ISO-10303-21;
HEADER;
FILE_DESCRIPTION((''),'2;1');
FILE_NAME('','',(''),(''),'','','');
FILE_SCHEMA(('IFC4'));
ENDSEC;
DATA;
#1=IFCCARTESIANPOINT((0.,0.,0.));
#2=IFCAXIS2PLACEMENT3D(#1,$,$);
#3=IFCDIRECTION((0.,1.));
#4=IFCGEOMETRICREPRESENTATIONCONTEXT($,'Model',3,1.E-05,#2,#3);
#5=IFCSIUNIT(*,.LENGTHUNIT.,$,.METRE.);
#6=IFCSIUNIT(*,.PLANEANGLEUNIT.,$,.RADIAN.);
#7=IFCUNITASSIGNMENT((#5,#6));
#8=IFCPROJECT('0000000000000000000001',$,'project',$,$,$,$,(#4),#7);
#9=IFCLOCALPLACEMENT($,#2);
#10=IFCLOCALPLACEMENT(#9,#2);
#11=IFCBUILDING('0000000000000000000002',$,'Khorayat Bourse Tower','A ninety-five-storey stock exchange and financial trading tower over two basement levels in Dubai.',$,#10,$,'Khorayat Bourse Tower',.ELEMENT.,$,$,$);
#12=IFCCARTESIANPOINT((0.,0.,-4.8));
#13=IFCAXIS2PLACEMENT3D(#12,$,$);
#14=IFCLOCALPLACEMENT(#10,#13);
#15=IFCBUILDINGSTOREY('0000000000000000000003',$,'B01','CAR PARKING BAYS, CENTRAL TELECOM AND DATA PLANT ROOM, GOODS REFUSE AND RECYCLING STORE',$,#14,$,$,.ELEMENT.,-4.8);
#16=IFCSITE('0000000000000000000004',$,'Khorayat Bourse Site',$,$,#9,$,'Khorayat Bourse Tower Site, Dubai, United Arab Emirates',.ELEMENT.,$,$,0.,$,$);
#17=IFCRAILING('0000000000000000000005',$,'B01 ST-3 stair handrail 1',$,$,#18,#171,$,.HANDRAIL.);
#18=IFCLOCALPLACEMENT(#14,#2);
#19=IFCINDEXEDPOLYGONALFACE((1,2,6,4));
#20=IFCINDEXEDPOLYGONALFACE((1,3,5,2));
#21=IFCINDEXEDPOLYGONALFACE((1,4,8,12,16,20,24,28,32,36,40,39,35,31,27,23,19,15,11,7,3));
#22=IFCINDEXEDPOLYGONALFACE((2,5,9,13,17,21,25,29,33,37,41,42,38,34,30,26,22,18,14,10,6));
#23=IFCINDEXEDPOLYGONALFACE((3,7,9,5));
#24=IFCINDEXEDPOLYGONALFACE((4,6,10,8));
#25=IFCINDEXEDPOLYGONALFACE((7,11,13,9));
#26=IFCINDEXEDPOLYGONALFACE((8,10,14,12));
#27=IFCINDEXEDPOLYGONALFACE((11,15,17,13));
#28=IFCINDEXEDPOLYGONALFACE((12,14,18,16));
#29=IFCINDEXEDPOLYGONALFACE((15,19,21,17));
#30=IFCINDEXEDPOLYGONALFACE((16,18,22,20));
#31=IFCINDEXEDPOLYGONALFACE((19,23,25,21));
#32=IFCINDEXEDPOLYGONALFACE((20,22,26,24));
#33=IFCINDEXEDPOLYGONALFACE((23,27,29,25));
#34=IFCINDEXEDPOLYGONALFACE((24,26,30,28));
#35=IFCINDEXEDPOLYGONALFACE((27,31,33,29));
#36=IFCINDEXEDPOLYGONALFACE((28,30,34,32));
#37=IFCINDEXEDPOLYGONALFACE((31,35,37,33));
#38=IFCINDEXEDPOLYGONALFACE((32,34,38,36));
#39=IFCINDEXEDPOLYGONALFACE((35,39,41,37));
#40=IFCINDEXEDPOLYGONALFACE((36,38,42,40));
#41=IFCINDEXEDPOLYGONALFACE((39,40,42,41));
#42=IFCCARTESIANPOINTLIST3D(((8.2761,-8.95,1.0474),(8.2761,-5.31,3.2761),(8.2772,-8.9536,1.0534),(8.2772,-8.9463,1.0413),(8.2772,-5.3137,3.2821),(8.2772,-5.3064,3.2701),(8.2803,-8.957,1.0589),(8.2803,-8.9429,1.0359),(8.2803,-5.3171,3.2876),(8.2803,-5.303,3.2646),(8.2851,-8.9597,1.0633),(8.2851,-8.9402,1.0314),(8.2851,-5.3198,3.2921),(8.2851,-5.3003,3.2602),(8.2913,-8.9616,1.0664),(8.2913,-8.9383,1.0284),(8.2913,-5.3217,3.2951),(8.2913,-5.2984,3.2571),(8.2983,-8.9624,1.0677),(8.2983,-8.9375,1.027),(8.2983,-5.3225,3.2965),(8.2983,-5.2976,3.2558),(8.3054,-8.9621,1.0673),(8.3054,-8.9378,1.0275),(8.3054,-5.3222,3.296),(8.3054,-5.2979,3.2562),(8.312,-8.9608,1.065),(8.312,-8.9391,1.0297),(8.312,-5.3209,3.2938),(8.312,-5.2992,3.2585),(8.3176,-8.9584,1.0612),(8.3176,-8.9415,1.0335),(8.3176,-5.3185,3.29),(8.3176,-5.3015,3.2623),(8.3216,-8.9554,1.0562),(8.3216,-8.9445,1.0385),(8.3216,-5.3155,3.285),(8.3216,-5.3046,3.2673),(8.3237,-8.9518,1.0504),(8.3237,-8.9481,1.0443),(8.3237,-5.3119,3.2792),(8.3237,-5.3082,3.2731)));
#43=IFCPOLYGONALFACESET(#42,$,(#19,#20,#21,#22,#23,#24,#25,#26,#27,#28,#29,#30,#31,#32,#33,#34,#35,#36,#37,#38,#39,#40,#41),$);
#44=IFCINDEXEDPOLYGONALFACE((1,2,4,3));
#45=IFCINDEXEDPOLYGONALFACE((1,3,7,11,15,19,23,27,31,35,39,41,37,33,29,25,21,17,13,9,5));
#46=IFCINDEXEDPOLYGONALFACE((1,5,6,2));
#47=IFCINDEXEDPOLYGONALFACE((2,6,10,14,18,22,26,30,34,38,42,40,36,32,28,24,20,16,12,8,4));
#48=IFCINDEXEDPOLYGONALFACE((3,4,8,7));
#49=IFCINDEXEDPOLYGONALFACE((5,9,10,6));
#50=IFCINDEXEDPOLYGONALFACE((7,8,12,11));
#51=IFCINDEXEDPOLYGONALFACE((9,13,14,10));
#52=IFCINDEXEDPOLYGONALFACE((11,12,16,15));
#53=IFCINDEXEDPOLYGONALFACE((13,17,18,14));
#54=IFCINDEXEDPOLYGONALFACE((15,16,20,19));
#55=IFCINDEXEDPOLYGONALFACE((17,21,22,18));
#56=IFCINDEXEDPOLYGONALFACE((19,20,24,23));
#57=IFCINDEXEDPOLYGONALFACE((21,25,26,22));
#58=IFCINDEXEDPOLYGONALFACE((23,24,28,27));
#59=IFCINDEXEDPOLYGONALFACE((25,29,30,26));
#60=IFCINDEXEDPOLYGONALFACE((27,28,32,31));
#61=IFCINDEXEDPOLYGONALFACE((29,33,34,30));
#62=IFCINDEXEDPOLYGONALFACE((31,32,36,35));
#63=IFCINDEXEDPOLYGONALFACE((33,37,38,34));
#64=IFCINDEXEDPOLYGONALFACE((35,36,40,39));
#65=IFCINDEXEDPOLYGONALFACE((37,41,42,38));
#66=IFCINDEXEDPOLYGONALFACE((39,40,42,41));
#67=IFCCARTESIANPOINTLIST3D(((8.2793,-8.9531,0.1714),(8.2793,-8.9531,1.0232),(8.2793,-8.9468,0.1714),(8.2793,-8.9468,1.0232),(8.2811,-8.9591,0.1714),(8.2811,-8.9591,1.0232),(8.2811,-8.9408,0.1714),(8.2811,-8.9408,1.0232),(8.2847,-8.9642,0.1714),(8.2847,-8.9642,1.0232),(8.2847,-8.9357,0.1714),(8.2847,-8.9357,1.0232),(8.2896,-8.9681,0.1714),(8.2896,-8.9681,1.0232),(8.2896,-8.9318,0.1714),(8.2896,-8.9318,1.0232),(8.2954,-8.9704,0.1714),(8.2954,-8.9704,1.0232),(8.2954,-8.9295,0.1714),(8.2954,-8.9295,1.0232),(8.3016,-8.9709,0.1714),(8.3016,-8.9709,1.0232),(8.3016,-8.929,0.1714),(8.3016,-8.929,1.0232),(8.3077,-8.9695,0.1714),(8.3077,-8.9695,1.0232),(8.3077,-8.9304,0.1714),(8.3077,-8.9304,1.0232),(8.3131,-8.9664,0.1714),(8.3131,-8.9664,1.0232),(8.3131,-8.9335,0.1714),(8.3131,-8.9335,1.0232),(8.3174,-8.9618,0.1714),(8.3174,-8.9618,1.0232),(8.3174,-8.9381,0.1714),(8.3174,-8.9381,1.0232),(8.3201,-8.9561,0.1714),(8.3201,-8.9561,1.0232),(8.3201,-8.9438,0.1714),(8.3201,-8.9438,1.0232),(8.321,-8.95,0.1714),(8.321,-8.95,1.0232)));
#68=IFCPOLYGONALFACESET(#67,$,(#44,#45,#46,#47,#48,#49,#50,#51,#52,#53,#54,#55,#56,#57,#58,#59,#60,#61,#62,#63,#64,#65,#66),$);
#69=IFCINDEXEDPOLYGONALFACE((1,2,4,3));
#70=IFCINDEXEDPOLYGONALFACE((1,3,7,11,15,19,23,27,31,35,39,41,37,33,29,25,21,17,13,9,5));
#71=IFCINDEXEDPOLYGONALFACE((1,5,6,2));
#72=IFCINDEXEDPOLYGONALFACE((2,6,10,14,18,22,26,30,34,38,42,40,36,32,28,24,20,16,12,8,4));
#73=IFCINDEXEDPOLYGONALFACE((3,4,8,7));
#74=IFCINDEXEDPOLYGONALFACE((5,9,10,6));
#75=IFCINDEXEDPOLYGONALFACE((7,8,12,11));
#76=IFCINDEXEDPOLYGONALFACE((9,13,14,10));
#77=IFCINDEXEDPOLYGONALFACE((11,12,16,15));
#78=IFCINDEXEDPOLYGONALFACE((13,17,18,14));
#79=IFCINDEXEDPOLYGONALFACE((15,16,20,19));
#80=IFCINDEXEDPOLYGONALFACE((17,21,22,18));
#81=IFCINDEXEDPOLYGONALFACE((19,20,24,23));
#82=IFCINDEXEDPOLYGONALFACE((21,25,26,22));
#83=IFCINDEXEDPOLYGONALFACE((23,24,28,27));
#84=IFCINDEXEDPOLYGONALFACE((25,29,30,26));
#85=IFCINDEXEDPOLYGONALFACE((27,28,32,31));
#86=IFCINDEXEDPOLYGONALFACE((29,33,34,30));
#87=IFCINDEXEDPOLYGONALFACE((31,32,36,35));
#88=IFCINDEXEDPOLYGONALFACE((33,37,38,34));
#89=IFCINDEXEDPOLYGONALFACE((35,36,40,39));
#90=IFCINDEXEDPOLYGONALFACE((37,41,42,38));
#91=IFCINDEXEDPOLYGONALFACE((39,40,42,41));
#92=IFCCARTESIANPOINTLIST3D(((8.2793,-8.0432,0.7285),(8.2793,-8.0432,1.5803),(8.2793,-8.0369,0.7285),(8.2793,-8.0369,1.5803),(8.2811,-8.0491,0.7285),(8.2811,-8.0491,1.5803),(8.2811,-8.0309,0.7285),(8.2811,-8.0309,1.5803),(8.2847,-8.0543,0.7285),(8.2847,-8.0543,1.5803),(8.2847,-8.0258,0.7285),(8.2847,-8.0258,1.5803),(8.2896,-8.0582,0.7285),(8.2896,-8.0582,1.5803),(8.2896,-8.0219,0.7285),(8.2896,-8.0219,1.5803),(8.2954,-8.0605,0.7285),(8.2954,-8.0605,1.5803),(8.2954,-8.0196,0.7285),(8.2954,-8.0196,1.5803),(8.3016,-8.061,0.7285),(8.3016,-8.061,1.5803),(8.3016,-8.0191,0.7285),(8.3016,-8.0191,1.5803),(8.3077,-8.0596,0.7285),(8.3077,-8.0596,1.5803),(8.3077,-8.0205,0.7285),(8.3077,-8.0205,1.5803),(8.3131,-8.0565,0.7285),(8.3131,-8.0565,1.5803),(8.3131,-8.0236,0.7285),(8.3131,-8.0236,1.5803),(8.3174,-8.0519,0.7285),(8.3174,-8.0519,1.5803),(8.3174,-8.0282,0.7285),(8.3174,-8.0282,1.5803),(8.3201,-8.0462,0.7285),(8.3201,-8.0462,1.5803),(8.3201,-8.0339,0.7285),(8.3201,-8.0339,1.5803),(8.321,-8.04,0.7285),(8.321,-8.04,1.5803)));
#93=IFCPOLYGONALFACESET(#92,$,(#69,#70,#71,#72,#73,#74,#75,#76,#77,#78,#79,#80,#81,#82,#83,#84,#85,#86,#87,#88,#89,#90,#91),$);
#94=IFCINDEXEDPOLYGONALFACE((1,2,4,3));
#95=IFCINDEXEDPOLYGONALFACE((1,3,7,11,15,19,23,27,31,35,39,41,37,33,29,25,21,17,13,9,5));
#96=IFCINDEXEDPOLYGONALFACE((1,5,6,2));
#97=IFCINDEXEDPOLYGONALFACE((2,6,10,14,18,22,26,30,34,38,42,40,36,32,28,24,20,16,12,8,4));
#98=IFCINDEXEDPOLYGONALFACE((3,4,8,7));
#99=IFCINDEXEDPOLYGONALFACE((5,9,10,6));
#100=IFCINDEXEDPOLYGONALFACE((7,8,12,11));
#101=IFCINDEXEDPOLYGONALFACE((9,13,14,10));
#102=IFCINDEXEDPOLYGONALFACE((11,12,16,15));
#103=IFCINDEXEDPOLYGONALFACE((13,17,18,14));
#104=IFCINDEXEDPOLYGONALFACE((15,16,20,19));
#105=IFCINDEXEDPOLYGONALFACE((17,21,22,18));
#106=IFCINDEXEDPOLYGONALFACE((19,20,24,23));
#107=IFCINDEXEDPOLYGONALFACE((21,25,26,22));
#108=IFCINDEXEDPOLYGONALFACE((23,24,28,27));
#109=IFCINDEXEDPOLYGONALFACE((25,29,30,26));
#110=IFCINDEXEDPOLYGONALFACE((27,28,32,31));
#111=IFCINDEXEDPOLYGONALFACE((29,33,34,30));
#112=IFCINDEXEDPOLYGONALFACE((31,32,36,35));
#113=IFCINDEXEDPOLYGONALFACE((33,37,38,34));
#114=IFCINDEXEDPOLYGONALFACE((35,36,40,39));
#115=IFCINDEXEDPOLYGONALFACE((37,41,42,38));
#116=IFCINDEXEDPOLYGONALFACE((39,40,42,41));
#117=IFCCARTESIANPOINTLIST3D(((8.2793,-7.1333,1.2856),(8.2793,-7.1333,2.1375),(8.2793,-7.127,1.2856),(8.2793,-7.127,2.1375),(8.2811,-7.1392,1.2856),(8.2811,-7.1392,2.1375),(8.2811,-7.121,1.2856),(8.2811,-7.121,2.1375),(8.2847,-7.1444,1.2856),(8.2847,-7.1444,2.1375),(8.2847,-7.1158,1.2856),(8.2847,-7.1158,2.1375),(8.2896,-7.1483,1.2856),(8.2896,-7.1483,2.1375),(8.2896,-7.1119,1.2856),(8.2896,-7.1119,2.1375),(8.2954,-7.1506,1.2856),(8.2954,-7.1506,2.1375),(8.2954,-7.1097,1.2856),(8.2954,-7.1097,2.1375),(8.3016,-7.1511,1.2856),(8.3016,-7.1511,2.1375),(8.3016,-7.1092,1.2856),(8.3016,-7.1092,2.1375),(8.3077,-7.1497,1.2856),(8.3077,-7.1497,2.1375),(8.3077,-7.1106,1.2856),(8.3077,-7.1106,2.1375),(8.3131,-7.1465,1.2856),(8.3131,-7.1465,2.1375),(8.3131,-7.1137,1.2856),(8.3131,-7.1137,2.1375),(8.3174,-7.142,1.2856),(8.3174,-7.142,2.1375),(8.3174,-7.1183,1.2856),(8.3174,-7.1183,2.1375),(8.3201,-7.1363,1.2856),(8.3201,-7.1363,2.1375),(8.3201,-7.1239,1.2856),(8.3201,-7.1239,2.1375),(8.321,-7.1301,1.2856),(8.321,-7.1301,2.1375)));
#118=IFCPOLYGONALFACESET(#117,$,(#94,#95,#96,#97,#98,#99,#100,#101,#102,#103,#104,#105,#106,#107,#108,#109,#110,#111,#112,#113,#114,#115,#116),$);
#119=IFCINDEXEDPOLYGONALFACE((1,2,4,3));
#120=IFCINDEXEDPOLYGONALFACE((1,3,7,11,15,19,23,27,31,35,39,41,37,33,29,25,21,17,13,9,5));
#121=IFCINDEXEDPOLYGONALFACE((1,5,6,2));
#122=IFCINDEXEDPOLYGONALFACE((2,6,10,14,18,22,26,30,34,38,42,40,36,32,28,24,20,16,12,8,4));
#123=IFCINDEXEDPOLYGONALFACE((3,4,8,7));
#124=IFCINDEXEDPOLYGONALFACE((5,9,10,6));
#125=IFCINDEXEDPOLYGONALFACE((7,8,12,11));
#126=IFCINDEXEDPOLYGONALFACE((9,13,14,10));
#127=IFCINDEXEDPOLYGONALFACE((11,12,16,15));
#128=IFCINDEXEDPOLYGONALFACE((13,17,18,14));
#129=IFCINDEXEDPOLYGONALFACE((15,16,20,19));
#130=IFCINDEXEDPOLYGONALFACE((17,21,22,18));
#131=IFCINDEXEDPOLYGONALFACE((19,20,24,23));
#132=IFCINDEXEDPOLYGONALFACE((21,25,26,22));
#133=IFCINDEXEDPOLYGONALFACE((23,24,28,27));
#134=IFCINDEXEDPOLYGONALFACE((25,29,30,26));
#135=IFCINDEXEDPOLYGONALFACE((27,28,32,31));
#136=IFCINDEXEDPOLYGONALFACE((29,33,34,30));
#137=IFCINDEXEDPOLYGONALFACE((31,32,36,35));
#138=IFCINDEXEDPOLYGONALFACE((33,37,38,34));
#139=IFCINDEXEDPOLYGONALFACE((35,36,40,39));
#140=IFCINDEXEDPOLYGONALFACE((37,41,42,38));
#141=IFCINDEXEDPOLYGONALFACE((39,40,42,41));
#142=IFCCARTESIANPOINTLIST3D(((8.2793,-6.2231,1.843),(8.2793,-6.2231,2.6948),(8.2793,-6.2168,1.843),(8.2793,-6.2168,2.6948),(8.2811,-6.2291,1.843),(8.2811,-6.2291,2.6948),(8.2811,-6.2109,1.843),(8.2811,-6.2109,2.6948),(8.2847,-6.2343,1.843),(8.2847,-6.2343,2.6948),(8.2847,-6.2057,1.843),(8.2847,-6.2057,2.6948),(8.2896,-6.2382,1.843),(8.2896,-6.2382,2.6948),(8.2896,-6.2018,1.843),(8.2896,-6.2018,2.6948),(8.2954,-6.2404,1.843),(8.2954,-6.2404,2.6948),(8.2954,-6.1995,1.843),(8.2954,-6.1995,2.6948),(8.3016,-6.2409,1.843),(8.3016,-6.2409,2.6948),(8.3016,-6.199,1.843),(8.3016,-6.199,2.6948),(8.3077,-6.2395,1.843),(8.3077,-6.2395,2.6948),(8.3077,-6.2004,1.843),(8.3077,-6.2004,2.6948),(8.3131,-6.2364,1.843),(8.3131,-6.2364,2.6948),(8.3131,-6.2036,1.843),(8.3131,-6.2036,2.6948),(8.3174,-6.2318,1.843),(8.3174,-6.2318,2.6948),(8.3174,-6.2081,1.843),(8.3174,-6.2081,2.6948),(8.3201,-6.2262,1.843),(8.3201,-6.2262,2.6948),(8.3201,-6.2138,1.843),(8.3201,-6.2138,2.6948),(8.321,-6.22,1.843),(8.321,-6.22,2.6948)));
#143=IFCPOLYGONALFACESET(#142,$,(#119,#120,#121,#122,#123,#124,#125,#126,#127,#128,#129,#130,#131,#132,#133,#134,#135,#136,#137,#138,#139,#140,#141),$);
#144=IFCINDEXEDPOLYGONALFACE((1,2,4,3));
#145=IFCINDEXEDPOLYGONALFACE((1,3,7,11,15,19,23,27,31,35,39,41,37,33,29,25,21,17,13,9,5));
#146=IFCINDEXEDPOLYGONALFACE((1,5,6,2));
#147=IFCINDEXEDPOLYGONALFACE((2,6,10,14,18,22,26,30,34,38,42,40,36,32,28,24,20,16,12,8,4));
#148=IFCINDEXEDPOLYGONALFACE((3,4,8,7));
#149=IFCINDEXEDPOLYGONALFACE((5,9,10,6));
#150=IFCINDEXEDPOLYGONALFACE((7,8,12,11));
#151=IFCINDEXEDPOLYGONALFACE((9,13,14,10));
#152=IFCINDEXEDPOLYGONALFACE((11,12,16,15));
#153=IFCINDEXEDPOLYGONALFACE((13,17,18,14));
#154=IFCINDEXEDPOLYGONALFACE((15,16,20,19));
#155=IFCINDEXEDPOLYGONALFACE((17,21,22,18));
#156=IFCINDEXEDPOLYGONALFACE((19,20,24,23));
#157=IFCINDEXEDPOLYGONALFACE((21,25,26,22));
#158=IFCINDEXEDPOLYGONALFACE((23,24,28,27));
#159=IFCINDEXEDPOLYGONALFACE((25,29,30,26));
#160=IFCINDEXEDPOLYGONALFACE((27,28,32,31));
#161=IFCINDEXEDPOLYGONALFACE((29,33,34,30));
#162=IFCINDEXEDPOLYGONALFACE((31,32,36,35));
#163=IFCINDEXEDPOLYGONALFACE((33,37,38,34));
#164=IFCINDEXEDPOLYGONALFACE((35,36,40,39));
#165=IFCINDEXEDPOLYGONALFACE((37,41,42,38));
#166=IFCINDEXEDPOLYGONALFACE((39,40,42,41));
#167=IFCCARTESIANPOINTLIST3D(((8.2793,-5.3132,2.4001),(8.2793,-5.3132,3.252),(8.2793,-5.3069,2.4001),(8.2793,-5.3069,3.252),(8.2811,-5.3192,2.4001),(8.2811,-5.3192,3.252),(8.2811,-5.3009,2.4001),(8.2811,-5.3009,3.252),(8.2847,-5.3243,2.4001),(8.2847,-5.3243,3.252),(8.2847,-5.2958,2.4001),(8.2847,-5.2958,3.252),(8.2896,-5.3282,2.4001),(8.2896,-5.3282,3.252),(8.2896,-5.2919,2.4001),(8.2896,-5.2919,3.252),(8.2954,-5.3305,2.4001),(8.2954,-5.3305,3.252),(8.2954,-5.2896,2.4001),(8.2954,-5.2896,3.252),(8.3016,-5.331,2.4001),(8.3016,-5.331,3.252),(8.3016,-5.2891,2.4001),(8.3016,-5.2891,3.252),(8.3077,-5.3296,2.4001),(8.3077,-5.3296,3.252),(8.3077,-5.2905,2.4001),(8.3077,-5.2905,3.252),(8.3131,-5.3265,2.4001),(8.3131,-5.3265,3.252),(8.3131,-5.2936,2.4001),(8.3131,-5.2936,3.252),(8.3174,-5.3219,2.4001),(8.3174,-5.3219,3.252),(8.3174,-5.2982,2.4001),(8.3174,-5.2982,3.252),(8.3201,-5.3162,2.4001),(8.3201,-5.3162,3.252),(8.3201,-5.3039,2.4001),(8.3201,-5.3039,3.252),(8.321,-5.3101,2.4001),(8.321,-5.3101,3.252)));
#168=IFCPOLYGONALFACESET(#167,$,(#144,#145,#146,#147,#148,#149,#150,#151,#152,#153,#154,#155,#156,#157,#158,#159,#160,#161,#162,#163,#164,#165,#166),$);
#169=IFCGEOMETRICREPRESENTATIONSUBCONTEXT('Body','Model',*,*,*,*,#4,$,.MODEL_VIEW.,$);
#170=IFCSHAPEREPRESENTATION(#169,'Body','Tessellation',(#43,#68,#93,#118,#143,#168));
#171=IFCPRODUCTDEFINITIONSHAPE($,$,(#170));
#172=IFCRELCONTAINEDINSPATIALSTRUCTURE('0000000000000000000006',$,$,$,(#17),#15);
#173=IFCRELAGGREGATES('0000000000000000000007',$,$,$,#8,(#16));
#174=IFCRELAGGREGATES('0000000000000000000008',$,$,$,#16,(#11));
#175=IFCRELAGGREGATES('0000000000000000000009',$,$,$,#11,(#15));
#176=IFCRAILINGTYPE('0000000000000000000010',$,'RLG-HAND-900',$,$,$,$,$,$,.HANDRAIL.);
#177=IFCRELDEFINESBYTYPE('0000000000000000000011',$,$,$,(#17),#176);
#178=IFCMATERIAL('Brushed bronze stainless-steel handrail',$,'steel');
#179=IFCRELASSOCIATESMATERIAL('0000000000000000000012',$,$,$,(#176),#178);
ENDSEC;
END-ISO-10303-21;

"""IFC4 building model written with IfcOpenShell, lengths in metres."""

from ifc_helpers import new_model, si_unit, direction, frame, origin, origin_2d, place, context, subcontext, project, spatial, circle, extrude, source, transform, mapped, material, type_object, element, save


model = new_model("IFC4")

# Units and contexts
model_context = context("Model", 3, precision=1e-05, world=origin(), true_north=direction((0.0, 1.0)))
body_context = subcontext(model_context, "Body", "Model", "MODEL_VIEW")
ifc_project = project(units=[si_unit("LENGTHUNIT", "METRE"), si_unit("PLANEANGLEUNIT", "RADIAN")], contexts=[model_context])

# Site, building, storey
site_placement = place(None, origin())
site = spatial("IfcSite", under=ifc_project, at=site_placement, Name="Khorayat Bourse Site", LongName="Khorayat Bourse Tower Site, Dubai, United Arab Emirates", CompositionType="ELEMENT", RefElevation=0.0)
building_placement = place(site_placement, origin())
building = spatial("IfcBuilding", under=site, at=building_placement, Name="Khorayat Bourse Tower", Description="A ninety-five-storey stock exchange and financial trading tower over two basement levels in Dubai.", LongName="Khorayat Bourse Tower", CompositionType="ELEMENT")
storey_placement = place(building_placement, frame((0.0, 0.0, -4.8)))
storey = spatial("IfcBuildingStorey", under=building, at=storey_placement, Name="B01", Description="CAR PARKING BAYS, CENTRAL TELECOM AND DATA PLANT ROOM, GOODS REFUSE AND RECYCLING STORE", CompositionType="ELEMENT", Elevation=-4.8)

# Railing
ifc_material_1 = material(Name="Brushed bronze stainless-steel handrail", Category="steel")
railing_type_1 = type_object("IfcRailingType", Name="RLG-HAND-900", PredefinedType="HANDRAIL", material=ifc_material_1)
shared_shape_1 = source(origin(), body_context, "Body", "SweptSolid", [
    extrude(circle(Radius=0.0239, at=origin_2d()), frame((0.0, 0.0, 0.876), z_axis=(0.0, 0.852825, 0.522197), x_axis=(-1.0, 0.0, 0.0)), (0.0, 0.0, 1.0), 4.2681),
    extrude(circle(Radius=0.021, at=origin_2d()), origin(), (0.0, 0.0, 1.0), 0.8518),
    extrude(circle(Radius=0.021, at=origin_2d()), frame((0.0, 0.9099, 0.5571)), (0.0, 0.0, 1.0), 0.8518),
    extrude(circle(Radius=0.021, at=origin_2d()), frame((0.0, 1.8198, 1.1143)), (0.0, 0.0, 1.0), 0.8518),
    extrude(circle(Radius=0.021, at=origin_2d()), frame((0.0, 2.73, 1.6716)), (0.0, 0.0, 1.0), 0.8518),
    extrude(circle(Radius=0.021, at=origin_2d()), frame((0.0, 3.6399, 2.2288)), (0.0, 0.0, 1.0), 0.8518),
])
railing_1_placement = place(storey_placement, frame((8.3, -8.95, 0.1714)))
element("IfcRailing", 1, at=railing_1_placement, inside=storey, type_object=railing_type_1, Name="B01 ST-3 stair handrail 1", PredefinedType="HANDRAIL", context=body_context, shape_type="MappedRepresentation", body=[
    mapped(shared_shape_1, transform((0.0, 0.0, 0.0), scale=1.0)),
])

save(model, "model.ifc")
